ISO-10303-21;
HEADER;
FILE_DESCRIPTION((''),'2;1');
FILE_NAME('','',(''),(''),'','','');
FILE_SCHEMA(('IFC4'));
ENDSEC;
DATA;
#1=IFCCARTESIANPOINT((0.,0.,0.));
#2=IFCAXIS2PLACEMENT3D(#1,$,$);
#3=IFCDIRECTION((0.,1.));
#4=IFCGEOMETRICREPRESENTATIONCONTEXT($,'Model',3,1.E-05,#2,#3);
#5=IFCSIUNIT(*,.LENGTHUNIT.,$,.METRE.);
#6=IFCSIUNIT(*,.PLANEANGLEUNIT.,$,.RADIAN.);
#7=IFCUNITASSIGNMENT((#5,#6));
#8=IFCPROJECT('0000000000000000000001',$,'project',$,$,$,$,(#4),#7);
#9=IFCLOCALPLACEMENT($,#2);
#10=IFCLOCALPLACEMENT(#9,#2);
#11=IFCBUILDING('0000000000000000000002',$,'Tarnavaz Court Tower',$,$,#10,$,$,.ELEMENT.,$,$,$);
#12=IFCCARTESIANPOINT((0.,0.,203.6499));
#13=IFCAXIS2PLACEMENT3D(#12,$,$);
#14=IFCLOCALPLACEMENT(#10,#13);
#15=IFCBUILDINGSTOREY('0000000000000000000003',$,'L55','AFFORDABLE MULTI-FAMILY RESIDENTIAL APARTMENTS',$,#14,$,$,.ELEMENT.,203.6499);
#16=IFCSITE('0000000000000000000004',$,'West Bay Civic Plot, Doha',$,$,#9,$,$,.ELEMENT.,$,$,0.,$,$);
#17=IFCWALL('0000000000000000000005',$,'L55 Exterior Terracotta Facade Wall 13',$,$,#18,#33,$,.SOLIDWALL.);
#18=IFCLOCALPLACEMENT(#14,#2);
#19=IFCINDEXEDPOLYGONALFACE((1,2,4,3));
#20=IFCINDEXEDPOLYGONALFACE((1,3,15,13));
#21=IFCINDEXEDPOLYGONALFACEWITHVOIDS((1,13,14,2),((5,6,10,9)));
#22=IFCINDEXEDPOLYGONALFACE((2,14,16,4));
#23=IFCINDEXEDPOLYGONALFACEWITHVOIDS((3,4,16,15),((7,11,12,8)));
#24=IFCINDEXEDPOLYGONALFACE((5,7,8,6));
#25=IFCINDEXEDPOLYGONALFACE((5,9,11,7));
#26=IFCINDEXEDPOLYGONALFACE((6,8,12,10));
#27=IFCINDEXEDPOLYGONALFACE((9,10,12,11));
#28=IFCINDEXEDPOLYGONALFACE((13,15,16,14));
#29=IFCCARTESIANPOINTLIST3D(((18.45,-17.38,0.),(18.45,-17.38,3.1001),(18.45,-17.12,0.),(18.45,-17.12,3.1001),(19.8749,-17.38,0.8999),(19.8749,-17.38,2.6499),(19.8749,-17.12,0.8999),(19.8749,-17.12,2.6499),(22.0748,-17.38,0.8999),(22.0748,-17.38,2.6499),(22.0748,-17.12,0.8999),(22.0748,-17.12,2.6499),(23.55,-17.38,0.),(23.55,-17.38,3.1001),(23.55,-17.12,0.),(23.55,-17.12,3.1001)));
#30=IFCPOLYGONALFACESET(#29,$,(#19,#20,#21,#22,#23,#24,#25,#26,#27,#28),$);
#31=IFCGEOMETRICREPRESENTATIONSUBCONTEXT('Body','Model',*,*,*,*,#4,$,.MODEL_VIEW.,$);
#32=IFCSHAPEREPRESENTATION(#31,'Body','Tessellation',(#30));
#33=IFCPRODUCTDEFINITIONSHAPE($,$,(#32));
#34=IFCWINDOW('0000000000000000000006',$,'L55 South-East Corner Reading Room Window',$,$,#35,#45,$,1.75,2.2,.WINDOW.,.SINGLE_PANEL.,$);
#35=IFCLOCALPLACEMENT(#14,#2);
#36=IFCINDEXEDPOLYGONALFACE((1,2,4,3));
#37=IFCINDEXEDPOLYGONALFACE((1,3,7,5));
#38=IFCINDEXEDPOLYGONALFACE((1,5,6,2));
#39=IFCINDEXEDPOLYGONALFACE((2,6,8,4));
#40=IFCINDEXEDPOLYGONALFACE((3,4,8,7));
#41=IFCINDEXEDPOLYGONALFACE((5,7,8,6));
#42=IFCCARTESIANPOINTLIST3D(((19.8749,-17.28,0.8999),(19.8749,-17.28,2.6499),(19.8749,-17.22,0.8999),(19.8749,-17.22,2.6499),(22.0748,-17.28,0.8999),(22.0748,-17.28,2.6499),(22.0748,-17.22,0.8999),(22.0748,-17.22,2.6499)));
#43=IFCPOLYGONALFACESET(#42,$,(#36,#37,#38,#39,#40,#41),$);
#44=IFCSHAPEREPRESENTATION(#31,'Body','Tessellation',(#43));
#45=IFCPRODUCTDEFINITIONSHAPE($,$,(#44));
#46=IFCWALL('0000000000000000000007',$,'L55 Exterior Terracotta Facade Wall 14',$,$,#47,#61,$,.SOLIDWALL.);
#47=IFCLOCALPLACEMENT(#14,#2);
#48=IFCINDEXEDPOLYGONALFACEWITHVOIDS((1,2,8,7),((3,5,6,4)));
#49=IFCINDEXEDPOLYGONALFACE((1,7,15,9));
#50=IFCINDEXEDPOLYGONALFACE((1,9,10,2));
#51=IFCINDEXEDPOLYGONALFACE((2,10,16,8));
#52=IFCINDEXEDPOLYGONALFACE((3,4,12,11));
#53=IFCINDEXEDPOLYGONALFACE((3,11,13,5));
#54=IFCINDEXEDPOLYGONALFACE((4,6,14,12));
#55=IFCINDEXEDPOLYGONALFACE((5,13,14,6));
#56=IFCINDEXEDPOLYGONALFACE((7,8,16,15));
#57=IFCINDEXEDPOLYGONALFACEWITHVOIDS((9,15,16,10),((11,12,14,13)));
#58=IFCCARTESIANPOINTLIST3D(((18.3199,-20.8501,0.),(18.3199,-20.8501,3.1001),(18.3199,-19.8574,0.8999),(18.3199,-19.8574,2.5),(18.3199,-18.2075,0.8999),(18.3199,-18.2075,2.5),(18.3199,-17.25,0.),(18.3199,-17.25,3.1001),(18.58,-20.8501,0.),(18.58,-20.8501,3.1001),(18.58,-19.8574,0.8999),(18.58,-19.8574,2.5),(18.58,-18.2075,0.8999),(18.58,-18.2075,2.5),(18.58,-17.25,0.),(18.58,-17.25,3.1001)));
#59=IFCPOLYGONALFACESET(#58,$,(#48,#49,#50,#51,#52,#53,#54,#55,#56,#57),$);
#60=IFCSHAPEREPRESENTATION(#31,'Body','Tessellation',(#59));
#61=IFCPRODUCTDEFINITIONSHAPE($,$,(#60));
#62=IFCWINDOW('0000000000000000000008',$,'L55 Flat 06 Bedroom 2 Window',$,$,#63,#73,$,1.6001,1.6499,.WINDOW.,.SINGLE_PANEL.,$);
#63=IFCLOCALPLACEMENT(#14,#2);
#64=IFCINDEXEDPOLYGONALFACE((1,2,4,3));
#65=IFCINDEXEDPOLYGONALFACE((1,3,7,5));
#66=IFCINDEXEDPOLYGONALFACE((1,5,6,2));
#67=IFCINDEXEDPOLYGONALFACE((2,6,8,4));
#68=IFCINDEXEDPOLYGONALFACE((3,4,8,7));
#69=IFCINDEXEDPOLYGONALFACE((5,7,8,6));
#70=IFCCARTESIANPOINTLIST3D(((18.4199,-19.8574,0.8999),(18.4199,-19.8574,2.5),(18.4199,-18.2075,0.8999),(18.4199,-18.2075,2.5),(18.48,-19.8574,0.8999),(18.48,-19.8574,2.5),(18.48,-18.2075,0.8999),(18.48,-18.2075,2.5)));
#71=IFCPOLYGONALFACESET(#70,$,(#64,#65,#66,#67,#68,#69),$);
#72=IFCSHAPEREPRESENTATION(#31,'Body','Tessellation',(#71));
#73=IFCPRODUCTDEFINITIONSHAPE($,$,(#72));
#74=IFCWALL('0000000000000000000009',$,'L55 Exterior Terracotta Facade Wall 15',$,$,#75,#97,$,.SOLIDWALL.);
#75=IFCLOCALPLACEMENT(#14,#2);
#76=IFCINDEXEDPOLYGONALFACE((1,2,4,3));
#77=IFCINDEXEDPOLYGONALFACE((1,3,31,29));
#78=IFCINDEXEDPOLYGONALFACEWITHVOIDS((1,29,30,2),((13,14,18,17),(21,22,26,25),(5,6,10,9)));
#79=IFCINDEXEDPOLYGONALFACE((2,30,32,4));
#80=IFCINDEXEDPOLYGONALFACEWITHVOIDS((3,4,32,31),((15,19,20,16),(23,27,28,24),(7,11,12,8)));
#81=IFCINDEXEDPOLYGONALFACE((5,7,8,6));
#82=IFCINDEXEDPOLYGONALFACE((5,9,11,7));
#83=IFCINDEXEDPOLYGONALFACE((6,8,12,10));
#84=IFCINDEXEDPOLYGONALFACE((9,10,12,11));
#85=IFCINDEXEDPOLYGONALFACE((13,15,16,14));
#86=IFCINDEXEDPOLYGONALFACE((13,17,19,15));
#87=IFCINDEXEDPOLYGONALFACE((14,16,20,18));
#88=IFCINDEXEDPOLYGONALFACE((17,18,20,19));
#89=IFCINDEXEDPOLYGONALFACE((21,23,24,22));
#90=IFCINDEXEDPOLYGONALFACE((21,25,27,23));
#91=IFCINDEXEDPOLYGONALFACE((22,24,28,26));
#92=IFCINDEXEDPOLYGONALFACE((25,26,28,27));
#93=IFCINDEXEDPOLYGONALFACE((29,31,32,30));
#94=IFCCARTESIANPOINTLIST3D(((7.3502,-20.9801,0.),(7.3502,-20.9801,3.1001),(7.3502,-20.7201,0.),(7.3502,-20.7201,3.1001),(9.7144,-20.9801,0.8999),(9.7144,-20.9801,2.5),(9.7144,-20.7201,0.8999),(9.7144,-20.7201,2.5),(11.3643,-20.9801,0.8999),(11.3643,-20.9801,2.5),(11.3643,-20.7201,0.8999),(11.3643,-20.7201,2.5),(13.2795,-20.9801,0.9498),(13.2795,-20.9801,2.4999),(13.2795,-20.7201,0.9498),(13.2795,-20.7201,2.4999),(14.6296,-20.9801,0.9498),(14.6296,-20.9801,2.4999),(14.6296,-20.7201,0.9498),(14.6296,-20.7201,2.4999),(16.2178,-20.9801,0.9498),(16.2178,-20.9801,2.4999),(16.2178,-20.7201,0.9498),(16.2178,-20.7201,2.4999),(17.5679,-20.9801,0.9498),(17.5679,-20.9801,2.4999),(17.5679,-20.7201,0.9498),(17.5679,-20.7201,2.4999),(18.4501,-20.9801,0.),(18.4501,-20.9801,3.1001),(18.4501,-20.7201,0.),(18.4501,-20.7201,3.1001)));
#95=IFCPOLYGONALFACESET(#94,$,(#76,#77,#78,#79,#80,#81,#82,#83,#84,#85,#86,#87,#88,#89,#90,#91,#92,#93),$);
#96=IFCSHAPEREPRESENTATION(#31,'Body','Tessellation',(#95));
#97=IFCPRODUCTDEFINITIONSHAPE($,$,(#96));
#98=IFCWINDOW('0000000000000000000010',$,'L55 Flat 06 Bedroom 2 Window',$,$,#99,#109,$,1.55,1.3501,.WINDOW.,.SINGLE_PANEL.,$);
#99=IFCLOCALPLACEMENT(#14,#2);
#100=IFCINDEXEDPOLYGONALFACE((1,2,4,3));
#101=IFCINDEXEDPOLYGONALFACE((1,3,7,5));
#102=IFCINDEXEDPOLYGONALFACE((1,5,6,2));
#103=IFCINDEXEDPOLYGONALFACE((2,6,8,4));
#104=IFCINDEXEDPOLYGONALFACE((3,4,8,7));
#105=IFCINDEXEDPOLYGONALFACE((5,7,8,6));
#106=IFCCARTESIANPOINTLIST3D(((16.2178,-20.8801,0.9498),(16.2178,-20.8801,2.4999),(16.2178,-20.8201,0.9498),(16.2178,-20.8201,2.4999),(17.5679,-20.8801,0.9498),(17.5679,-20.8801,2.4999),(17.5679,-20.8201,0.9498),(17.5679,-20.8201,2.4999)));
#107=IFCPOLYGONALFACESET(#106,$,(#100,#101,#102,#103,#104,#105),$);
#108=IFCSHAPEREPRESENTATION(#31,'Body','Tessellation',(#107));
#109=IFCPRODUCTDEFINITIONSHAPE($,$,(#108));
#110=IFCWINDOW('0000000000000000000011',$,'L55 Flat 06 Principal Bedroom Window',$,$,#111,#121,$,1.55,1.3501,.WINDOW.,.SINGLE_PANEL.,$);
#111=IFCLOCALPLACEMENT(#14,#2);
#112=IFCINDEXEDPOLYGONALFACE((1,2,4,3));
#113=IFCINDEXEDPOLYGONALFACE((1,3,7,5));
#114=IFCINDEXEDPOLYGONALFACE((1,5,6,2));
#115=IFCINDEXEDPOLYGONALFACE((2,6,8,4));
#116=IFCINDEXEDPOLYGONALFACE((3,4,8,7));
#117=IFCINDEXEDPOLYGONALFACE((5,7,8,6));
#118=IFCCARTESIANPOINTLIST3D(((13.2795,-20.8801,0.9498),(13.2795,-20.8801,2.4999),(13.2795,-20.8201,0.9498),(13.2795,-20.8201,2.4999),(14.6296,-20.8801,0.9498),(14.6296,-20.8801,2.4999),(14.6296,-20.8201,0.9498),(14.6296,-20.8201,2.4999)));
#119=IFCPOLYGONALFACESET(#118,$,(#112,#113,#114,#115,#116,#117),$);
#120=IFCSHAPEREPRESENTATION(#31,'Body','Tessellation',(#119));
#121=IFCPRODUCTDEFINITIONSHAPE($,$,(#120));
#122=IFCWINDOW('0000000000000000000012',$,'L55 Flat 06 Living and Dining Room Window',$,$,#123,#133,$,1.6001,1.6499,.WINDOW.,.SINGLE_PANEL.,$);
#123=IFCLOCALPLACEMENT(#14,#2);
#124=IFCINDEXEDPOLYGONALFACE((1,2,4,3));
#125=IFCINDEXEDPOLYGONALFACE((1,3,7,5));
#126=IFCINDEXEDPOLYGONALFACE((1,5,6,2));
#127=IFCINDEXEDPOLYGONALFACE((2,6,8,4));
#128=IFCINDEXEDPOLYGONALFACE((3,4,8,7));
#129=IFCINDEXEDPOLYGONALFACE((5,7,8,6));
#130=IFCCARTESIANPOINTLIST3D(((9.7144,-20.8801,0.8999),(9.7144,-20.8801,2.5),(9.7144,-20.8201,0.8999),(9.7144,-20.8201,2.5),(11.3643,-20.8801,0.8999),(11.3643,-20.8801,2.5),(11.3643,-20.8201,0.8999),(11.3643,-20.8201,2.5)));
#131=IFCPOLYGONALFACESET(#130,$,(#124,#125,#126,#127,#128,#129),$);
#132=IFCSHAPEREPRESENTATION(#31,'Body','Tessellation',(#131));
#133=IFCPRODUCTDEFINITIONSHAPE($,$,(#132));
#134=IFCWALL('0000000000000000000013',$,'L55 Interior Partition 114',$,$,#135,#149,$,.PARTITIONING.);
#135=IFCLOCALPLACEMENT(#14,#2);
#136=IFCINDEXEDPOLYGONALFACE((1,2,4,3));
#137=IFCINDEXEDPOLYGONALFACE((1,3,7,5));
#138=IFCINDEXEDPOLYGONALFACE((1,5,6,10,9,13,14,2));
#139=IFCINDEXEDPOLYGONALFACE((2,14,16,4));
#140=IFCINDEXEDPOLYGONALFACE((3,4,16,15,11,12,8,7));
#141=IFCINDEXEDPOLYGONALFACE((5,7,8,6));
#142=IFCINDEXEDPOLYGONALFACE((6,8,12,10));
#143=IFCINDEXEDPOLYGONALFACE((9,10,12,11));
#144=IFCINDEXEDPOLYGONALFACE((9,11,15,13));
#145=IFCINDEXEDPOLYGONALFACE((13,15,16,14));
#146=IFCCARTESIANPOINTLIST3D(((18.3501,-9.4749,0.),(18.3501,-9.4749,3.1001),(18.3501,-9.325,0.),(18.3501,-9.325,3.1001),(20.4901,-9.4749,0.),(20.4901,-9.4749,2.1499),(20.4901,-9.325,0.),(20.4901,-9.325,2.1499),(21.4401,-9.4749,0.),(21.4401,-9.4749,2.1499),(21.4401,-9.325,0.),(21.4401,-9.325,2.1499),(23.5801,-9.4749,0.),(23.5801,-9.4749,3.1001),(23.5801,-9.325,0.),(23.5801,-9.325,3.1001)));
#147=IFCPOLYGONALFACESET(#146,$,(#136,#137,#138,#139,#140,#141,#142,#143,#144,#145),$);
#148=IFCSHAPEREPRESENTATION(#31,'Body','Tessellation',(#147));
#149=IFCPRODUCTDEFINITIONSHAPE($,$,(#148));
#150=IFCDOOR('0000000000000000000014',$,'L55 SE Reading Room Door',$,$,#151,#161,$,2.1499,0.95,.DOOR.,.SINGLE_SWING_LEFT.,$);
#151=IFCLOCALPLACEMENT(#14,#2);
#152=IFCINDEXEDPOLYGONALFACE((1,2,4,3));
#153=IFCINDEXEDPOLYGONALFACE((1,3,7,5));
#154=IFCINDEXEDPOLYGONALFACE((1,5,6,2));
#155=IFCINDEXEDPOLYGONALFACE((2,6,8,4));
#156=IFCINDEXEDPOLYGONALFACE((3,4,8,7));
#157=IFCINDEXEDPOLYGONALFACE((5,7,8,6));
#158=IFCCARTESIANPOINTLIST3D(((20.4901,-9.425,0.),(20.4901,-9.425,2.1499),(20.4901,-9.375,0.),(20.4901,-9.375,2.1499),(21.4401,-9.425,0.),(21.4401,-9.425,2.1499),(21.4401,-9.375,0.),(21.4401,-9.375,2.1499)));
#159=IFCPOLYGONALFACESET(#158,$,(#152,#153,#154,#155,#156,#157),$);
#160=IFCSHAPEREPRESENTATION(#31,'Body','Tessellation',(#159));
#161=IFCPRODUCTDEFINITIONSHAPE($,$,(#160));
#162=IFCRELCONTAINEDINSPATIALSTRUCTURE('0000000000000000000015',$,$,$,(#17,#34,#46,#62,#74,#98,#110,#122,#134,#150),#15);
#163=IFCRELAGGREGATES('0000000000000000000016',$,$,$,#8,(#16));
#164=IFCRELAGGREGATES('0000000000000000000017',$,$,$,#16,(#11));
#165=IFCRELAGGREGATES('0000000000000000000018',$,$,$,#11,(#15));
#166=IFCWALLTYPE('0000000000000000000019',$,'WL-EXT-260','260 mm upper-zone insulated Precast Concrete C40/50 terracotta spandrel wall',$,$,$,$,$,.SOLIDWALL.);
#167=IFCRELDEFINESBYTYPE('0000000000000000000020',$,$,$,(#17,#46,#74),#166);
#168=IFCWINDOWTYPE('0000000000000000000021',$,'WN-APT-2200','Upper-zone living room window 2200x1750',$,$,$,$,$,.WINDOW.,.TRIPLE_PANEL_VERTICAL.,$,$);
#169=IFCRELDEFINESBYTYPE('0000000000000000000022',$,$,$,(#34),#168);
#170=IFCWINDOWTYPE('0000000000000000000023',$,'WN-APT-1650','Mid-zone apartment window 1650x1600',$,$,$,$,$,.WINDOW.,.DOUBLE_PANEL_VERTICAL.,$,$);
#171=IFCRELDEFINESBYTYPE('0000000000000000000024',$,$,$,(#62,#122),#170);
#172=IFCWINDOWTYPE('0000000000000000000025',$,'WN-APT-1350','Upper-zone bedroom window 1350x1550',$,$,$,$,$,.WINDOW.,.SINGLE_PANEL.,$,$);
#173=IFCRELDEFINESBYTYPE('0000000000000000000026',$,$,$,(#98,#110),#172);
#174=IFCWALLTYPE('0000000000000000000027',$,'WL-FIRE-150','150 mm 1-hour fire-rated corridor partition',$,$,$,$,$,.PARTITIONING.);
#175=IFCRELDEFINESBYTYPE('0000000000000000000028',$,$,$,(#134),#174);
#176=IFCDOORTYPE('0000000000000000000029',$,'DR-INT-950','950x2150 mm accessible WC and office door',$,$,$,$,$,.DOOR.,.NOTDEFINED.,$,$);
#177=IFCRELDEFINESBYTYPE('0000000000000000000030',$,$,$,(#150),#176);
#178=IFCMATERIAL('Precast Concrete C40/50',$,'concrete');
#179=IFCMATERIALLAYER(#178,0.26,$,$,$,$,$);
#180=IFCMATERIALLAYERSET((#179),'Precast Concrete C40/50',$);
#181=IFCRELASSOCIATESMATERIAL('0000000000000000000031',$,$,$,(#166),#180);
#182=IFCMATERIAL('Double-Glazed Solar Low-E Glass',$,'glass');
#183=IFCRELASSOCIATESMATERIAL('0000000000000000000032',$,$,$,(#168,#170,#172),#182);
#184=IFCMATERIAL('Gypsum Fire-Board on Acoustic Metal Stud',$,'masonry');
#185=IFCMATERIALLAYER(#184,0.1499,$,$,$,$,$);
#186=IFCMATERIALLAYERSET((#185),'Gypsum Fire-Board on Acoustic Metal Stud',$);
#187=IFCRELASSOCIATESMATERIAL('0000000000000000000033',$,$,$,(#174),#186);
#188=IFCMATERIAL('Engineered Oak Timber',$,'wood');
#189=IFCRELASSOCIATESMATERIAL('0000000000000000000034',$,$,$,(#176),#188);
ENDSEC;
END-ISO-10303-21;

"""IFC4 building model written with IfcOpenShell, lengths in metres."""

from ifc_helpers import new_model, si_unit, direction, frame, frame_2d, origin, place, context, subcontext, project, spatial, rectangle, extrude, material, layer, layer_set, type_object, element, fill, save


model = new_model("IFC4")

# Units and contexts
model_context = context("Model", 3, precision=1e-05, world=origin(), true_north=direction((0.0, 1.0)))
body_context = subcontext(model_context, "Body", "Model", "MODEL_VIEW")
ifc_project = project(units=[si_unit("LENGTHUNIT", "METRE"), si_unit("PLANEANGLEUNIT", "RADIAN")], contexts=[model_context])

# Site, building, storey
site_placement = place(None, origin())
site = spatial("IfcSite", under=ifc_project, at=site_placement, Name="West Bay Civic Plot, Doha", CompositionType="ELEMENT", RefElevation=0.0)
building_placement = place(site_placement, origin())
building = spatial("IfcBuilding", under=site, at=building_placement, Name="Tarnavaz Court Tower", CompositionType="ELEMENT")
storey_placement = place(building_placement, frame((0.0, 0.0, 203.6499)))
storey = spatial("IfcBuildingStorey", under=building, at=storey_placement, Name="L55", Description="AFFORDABLE MULTI-FAMILY RESIDENTIAL APARTMENTS", CompositionType="ELEMENT", Elevation=203.6499)

# Walls, openings, windows
ifc_material_1 = material(Name="Precast Concrete C40/50", Category="concrete")
ifc_layer_1 = layer(ifc_material_1, 0.26)
ifc_layer_set_1 = layer_set([ifc_layer_1], Name="Precast Concrete C40/50")
wall_type_1 = type_object("IfcWallType", Name="WL-EXT-260", Description="260 mm upper-zone insulated Precast Concrete C40/50 terracotta spandrel wall", PredefinedType="SOLIDWALL", material=ifc_layer_set_1)
wall_1_placement = place(storey_placement, frame((23.55, -17.25, 0.0), z_axis=(0.0, 0.0, 1.0), x_axis=(-1.0, 0.0, 0.0)))
wall_1 = element("IfcWall", 1, at=wall_1_placement, inside=storey, type_object=wall_type_1, Name="L55 Exterior Terracotta Facade Wall 13", PredefinedType="SOLIDWALL", context=body_context, shape_type="SweptSolid", body=[
    extrude(rectangle(XDim=5.1001, YDim=0.26, at=frame_2d((2.55, 0.0))), origin(), (0.0, 0.0, 1.0), 3.1001),
])
opening_1_placement = place(wall_1_placement, frame((1.4751, 0.0, 0.8999)))
opening_1 = element("IfcOpeningElement", 2, at=opening_1_placement, cuts=wall_1, PredefinedType="OPENING", context=body_context, shape_type="SweptSolid", body=[
    extrude(rectangle(XDim=2.2, YDim=1.75, at=frame_2d((1.1001, 0.875))), frame((0.0, 0.1399, 0.0), z_axis=(0.0, -1.0, 0.0), x_axis=(1.0, 0.0, 0.0)), (0.0, 0.0, 1.0), 0.28),
])
ifc_material_2 = material(Name="Double-Glazed Solar Low-E Glass", Category="glass")
window_type_1 = type_object("IfcWindowType", Name="WN-APT-2200", Description="Upper-zone living room window 2200x1750", PartitioningType="TRIPLE_PANEL_VERTICAL", PredefinedType="WINDOW", material=ifc_material_2)
window_1_placement = place(opening_1_placement, origin())
window_1 = element("IfcWindow", 3, at=window_1_placement, inside=storey, type_object=window_type_1, Name="L55 South-East Corner Reading Room Window", OverallHeight=1.75, OverallWidth=2.2, PartitioningType="SINGLE_PANEL", PredefinedType="WINDOW", context=body_context, shape_type="SweptSolid", body=[
    extrude(rectangle(XDim=2.2, YDim=1.75, at=frame_2d((1.1001, 0.875))), frame((0.0, 0.03, 0.0), z_axis=(0.0, -1.0, 0.0), x_axis=(1.0, 0.0, 0.0)), (0.0, 0.0, 1.0), 0.0601),
])
fill(opening_1, window_1)
wall_2_placement = place(storey_placement, frame((18.45, -17.25, 0.0), z_axis=(0.0, 0.0, 1.0), x_axis=(0.0, -1.0, 0.0)))
wall_2 = element("IfcWall", 4, at=wall_2_placement, inside=storey, type_object=wall_type_1, Name="L55 Exterior Terracotta Facade Wall 14", PredefinedType="SOLIDWALL", context=body_context, shape_type="SweptSolid", body=[
    extrude(rectangle(XDim=3.6001, YDim=0.26, at=frame_2d((1.8, 0.0))), origin(), (0.0, 0.0, 1.0), 3.1001),
])
opening_2_placement = place(wall_2_placement, frame((0.9575, 0.0, 0.8999)))
opening_2 = element("IfcOpeningElement", 5, at=opening_2_placement, cuts=wall_2, PredefinedType="OPENING", context=body_context, shape_type="SweptSolid", body=[
    extrude(rectangle(XDim=1.6499, YDim=1.6001, at=frame_2d((0.825, 0.8))), frame((0.0, 0.1399, 0.0), z_axis=(0.0, -1.0, 0.0), x_axis=(1.0, 0.0, 0.0)), (0.0, 0.0, 1.0), 0.28),
])
window_type_2 = type_object("IfcWindowType", Name="WN-APT-1650", Description="Mid-zone apartment window 1650x1600", PartitioningType="DOUBLE_PANEL_VERTICAL", PredefinedType="WINDOW", material=ifc_material_2)
window_2_placement = place(opening_2_placement, origin())
window_2 = element("IfcWindow", 6, at=window_2_placement, inside=storey, type_object=window_type_2, Name="L55 Flat 06 Bedroom 2 Window", OverallHeight=1.6001, OverallWidth=1.6499, PartitioningType="SINGLE_PANEL", PredefinedType="WINDOW", context=body_context, shape_type="SweptSolid", body=[
    extrude(rectangle(XDim=1.6499, YDim=1.6001, at=frame_2d((0.825, 0.8))), frame((0.0, 0.03, 0.0), z_axis=(0.0, -1.0, 0.0), x_axis=(1.0, 0.0, 0.0)), (0.0, 0.0, 1.0), 0.0601),
])
fill(opening_2, window_2)

# Wall, openings, windows
wall_3_placement = place(storey_placement, frame((18.45, -20.8501, 0.0), z_axis=(0.0, 0.0, 1.0), x_axis=(-1.0, 0.0, 0.0)))
wall_3 = element("IfcWall", 7, at=wall_3_placement, inside=storey, type_object=wall_type_1, Name="L55 Exterior Terracotta Facade Wall 15", PredefinedType="SOLIDWALL", context=body_context, shape_type="SweptSolid", body=[
    extrude(rectangle(XDim=11.0999, YDim=0.26, at=frame_2d((5.5498, 0.0))), origin(), (0.0, 0.0, 1.0), 3.1001),
])
opening_3_placement = place(wall_3_placement, frame((0.8821, 0.0, 0.95)))
opening_3 = element("IfcOpeningElement", 8, at=opening_3_placement, cuts=wall_3, PredefinedType="OPENING", context=body_context, shape_type="SweptSolid", body=[
    extrude(rectangle(XDim=1.3501, YDim=1.55, at=frame_2d((0.675, 0.7749))), frame((0.0, 0.1399, 0.0), z_axis=(0.0, -1.0, 0.0), x_axis=(1.0, 0.0, 0.0)), (0.0, 0.0, 1.0), 0.28),
])
opening_4_placement = place(wall_3_placement, frame((3.8203, 0.0, 0.95)))
opening_4 = element("IfcOpeningElement", 9, at=opening_4_placement, cuts=wall_3, PredefinedType="OPENING", context=body_context, shape_type="SweptSolid", body=[
    extrude(rectangle(XDim=1.3501, YDim=1.55, at=frame_2d((0.675, 0.7749))), frame((0.0, 0.1399, 0.0), z_axis=(0.0, -1.0, 0.0), x_axis=(1.0, 0.0, 0.0)), (0.0, 0.0, 1.0), 0.28),
])
opening_5_placement = place(wall_3_placement, frame((7.0857, 0.0, 0.8999)))
opening_5 = element("IfcOpeningElement", 10, at=opening_5_placement, cuts=wall_3, PredefinedType="OPENING", context=body_context, shape_type="SweptSolid", body=[
    extrude(rectangle(XDim=1.6499, YDim=1.6001, at=frame_2d((0.825, 0.8))), frame((0.0, 0.1399, 0.0), z_axis=(0.0, -1.0, 0.0), x_axis=(1.0, 0.0, 0.0)), (0.0, 0.0, 1.0), 0.28),
])
window_type_3 = type_object("IfcWindowType", Name="WN-APT-1350", Description="Upper-zone bedroom window 1350x1550", PartitioningType="SINGLE_PANEL", PredefinedType="WINDOW", material=ifc_material_2)
window_3_placement = place(opening_3_placement, origin())
window_3 = element("IfcWindow", 11, at=window_3_placement, inside=storey, type_object=window_type_3, Name="L55 Flat 06 Bedroom 2 Window", OverallHeight=1.55, OverallWidth=1.3501, PartitioningType="SINGLE_PANEL", PredefinedType="WINDOW", context=body_context, shape_type="SweptSolid", body=[
    extrude(rectangle(XDim=1.3501, YDim=1.55, at=frame_2d((0.675, 0.7749))), frame((0.0, 0.03, 0.0), z_axis=(0.0, -1.0, 0.0), x_axis=(1.0, 0.0, 0.0)), (0.0, 0.0, 1.0), 0.0601),
])
fill(opening_3, window_3)
window_4_placement = place(opening_4_placement, origin())
window_4 = element("IfcWindow", 12, at=window_4_placement, inside=storey, type_object=window_type_3, Name="L55 Flat 06 Principal Bedroom Window", OverallHeight=1.55, OverallWidth=1.3501, PartitioningType="SINGLE_PANEL", PredefinedType="WINDOW", context=body_context, shape_type="SweptSolid", body=[
    extrude(rectangle(XDim=1.3501, YDim=1.55, at=frame_2d((0.675, 0.7749))), frame((0.0, 0.03, 0.0), z_axis=(0.0, -1.0, 0.0), x_axis=(1.0, 0.0, 0.0)), (0.0, 0.0, 1.0), 0.0601),
])
fill(opening_4, window_4)
window_5_placement = place(opening_5_placement, origin())
window_5 = element("IfcWindow", 13, at=window_5_placement, inside=storey, type_object=window_type_2, Name="L55 Flat 06 Living and Dining Room Window", OverallHeight=1.6001, OverallWidth=1.6499, PartitioningType="SINGLE_PANEL", PredefinedType="WINDOW", context=body_context, shape_type="SweptSolid", body=[
    extrude(rectangle(XDim=1.6499, YDim=1.6001, at=frame_2d((0.825, 0.8))), frame((0.0, 0.03, 0.0), z_axis=(0.0, -1.0, 0.0), x_axis=(1.0, 0.0, 0.0)), (0.0, 0.0, 1.0), 0.0601),
])
fill(opening_5, window_5)

# Wall, opening, door
ifc_material_3 = material(Name="Gypsum Fire-Board on Acoustic Metal Stud", Category="masonry")
ifc_layer_2 = layer(ifc_material_3, 0.1499)
ifc_layer_set_2 = layer_set([ifc_layer_2], Name="Gypsum Fire-Board on Acoustic Metal Stud")
wall_type_2 = type_object("IfcWallType", Name="WL-FIRE-150", Description="150 mm 1-hour fire-rated corridor partition", PredefinedType="PARTITIONING", material=ifc_layer_set_2)
wall_4_placement = place(storey_placement, frame((18.3501, -9.3999, 0.0), z_axis=(0.0, 0.0, 1.0), x_axis=(1.0, 0.0, 0.0)))
wall_4 = element("IfcWall", 14, at=wall_4_placement, inside=storey, type_object=wall_type_2, Name="L55 Interior Partition 114", PredefinedType="PARTITIONING", context=body_context, shape_type="SweptSolid", body=[
    extrude(rectangle(XDim=5.23, YDim=0.1499, at=frame_2d((2.615, 0.0))), origin(), (0.0, 0.0, 1.0), 3.1001),
])
opening_6_placement = place(wall_4_placement, frame((2.1399, 0.0, 0.0)))
opening_6 = element("IfcOpeningElement", 15, at=opening_6_placement, cuts=wall_4, PredefinedType="OPENING", context=body_context, shape_type="SweptSolid", body=[
    extrude(rectangle(XDim=0.95, YDim=2.1499, at=frame_2d((0.4751, 1.075))), frame((0.0, 0.085, 0.0), z_axis=(0.0, -1.0, 0.0), x_axis=(1.0, 0.0, 0.0)), (0.0, 0.0, 1.0), 0.1699),
])
ifc_material_4 = material(Name="Engineered Oak Timber", Category="wood")
door_type_1 = type_object("IfcDoorType", Name="DR-INT-950", Description="950x2150 mm accessible WC and office door", OperationType="NOTDEFINED", PredefinedType="DOOR", material=ifc_material_4)
door_1_placement = place(opening_6_placement, origin())
door_1 = element("IfcDoor", 16, at=door_1_placement, inside=storey, type_object=door_type_1, Name="L55 SE Reading Room Door", OperationType="SINGLE_SWING_LEFT", OverallHeight=2.1499, OverallWidth=0.95, PredefinedType="DOOR", context=body_context, shape_type="SweptSolid", body=[
    extrude(rectangle(XDim=0.95, YDim=2.1499, at=frame_2d((0.4751, 1.075))), frame((0.0, 0.0249, 0.0), z_axis=(0.0, -1.0, 0.0), x_axis=(1.0, 0.0, 0.0)), (0.0, 0.0, 1.0), 0.05),
])
fill(opening_6, door_1)

save(model, "model.ifc")
